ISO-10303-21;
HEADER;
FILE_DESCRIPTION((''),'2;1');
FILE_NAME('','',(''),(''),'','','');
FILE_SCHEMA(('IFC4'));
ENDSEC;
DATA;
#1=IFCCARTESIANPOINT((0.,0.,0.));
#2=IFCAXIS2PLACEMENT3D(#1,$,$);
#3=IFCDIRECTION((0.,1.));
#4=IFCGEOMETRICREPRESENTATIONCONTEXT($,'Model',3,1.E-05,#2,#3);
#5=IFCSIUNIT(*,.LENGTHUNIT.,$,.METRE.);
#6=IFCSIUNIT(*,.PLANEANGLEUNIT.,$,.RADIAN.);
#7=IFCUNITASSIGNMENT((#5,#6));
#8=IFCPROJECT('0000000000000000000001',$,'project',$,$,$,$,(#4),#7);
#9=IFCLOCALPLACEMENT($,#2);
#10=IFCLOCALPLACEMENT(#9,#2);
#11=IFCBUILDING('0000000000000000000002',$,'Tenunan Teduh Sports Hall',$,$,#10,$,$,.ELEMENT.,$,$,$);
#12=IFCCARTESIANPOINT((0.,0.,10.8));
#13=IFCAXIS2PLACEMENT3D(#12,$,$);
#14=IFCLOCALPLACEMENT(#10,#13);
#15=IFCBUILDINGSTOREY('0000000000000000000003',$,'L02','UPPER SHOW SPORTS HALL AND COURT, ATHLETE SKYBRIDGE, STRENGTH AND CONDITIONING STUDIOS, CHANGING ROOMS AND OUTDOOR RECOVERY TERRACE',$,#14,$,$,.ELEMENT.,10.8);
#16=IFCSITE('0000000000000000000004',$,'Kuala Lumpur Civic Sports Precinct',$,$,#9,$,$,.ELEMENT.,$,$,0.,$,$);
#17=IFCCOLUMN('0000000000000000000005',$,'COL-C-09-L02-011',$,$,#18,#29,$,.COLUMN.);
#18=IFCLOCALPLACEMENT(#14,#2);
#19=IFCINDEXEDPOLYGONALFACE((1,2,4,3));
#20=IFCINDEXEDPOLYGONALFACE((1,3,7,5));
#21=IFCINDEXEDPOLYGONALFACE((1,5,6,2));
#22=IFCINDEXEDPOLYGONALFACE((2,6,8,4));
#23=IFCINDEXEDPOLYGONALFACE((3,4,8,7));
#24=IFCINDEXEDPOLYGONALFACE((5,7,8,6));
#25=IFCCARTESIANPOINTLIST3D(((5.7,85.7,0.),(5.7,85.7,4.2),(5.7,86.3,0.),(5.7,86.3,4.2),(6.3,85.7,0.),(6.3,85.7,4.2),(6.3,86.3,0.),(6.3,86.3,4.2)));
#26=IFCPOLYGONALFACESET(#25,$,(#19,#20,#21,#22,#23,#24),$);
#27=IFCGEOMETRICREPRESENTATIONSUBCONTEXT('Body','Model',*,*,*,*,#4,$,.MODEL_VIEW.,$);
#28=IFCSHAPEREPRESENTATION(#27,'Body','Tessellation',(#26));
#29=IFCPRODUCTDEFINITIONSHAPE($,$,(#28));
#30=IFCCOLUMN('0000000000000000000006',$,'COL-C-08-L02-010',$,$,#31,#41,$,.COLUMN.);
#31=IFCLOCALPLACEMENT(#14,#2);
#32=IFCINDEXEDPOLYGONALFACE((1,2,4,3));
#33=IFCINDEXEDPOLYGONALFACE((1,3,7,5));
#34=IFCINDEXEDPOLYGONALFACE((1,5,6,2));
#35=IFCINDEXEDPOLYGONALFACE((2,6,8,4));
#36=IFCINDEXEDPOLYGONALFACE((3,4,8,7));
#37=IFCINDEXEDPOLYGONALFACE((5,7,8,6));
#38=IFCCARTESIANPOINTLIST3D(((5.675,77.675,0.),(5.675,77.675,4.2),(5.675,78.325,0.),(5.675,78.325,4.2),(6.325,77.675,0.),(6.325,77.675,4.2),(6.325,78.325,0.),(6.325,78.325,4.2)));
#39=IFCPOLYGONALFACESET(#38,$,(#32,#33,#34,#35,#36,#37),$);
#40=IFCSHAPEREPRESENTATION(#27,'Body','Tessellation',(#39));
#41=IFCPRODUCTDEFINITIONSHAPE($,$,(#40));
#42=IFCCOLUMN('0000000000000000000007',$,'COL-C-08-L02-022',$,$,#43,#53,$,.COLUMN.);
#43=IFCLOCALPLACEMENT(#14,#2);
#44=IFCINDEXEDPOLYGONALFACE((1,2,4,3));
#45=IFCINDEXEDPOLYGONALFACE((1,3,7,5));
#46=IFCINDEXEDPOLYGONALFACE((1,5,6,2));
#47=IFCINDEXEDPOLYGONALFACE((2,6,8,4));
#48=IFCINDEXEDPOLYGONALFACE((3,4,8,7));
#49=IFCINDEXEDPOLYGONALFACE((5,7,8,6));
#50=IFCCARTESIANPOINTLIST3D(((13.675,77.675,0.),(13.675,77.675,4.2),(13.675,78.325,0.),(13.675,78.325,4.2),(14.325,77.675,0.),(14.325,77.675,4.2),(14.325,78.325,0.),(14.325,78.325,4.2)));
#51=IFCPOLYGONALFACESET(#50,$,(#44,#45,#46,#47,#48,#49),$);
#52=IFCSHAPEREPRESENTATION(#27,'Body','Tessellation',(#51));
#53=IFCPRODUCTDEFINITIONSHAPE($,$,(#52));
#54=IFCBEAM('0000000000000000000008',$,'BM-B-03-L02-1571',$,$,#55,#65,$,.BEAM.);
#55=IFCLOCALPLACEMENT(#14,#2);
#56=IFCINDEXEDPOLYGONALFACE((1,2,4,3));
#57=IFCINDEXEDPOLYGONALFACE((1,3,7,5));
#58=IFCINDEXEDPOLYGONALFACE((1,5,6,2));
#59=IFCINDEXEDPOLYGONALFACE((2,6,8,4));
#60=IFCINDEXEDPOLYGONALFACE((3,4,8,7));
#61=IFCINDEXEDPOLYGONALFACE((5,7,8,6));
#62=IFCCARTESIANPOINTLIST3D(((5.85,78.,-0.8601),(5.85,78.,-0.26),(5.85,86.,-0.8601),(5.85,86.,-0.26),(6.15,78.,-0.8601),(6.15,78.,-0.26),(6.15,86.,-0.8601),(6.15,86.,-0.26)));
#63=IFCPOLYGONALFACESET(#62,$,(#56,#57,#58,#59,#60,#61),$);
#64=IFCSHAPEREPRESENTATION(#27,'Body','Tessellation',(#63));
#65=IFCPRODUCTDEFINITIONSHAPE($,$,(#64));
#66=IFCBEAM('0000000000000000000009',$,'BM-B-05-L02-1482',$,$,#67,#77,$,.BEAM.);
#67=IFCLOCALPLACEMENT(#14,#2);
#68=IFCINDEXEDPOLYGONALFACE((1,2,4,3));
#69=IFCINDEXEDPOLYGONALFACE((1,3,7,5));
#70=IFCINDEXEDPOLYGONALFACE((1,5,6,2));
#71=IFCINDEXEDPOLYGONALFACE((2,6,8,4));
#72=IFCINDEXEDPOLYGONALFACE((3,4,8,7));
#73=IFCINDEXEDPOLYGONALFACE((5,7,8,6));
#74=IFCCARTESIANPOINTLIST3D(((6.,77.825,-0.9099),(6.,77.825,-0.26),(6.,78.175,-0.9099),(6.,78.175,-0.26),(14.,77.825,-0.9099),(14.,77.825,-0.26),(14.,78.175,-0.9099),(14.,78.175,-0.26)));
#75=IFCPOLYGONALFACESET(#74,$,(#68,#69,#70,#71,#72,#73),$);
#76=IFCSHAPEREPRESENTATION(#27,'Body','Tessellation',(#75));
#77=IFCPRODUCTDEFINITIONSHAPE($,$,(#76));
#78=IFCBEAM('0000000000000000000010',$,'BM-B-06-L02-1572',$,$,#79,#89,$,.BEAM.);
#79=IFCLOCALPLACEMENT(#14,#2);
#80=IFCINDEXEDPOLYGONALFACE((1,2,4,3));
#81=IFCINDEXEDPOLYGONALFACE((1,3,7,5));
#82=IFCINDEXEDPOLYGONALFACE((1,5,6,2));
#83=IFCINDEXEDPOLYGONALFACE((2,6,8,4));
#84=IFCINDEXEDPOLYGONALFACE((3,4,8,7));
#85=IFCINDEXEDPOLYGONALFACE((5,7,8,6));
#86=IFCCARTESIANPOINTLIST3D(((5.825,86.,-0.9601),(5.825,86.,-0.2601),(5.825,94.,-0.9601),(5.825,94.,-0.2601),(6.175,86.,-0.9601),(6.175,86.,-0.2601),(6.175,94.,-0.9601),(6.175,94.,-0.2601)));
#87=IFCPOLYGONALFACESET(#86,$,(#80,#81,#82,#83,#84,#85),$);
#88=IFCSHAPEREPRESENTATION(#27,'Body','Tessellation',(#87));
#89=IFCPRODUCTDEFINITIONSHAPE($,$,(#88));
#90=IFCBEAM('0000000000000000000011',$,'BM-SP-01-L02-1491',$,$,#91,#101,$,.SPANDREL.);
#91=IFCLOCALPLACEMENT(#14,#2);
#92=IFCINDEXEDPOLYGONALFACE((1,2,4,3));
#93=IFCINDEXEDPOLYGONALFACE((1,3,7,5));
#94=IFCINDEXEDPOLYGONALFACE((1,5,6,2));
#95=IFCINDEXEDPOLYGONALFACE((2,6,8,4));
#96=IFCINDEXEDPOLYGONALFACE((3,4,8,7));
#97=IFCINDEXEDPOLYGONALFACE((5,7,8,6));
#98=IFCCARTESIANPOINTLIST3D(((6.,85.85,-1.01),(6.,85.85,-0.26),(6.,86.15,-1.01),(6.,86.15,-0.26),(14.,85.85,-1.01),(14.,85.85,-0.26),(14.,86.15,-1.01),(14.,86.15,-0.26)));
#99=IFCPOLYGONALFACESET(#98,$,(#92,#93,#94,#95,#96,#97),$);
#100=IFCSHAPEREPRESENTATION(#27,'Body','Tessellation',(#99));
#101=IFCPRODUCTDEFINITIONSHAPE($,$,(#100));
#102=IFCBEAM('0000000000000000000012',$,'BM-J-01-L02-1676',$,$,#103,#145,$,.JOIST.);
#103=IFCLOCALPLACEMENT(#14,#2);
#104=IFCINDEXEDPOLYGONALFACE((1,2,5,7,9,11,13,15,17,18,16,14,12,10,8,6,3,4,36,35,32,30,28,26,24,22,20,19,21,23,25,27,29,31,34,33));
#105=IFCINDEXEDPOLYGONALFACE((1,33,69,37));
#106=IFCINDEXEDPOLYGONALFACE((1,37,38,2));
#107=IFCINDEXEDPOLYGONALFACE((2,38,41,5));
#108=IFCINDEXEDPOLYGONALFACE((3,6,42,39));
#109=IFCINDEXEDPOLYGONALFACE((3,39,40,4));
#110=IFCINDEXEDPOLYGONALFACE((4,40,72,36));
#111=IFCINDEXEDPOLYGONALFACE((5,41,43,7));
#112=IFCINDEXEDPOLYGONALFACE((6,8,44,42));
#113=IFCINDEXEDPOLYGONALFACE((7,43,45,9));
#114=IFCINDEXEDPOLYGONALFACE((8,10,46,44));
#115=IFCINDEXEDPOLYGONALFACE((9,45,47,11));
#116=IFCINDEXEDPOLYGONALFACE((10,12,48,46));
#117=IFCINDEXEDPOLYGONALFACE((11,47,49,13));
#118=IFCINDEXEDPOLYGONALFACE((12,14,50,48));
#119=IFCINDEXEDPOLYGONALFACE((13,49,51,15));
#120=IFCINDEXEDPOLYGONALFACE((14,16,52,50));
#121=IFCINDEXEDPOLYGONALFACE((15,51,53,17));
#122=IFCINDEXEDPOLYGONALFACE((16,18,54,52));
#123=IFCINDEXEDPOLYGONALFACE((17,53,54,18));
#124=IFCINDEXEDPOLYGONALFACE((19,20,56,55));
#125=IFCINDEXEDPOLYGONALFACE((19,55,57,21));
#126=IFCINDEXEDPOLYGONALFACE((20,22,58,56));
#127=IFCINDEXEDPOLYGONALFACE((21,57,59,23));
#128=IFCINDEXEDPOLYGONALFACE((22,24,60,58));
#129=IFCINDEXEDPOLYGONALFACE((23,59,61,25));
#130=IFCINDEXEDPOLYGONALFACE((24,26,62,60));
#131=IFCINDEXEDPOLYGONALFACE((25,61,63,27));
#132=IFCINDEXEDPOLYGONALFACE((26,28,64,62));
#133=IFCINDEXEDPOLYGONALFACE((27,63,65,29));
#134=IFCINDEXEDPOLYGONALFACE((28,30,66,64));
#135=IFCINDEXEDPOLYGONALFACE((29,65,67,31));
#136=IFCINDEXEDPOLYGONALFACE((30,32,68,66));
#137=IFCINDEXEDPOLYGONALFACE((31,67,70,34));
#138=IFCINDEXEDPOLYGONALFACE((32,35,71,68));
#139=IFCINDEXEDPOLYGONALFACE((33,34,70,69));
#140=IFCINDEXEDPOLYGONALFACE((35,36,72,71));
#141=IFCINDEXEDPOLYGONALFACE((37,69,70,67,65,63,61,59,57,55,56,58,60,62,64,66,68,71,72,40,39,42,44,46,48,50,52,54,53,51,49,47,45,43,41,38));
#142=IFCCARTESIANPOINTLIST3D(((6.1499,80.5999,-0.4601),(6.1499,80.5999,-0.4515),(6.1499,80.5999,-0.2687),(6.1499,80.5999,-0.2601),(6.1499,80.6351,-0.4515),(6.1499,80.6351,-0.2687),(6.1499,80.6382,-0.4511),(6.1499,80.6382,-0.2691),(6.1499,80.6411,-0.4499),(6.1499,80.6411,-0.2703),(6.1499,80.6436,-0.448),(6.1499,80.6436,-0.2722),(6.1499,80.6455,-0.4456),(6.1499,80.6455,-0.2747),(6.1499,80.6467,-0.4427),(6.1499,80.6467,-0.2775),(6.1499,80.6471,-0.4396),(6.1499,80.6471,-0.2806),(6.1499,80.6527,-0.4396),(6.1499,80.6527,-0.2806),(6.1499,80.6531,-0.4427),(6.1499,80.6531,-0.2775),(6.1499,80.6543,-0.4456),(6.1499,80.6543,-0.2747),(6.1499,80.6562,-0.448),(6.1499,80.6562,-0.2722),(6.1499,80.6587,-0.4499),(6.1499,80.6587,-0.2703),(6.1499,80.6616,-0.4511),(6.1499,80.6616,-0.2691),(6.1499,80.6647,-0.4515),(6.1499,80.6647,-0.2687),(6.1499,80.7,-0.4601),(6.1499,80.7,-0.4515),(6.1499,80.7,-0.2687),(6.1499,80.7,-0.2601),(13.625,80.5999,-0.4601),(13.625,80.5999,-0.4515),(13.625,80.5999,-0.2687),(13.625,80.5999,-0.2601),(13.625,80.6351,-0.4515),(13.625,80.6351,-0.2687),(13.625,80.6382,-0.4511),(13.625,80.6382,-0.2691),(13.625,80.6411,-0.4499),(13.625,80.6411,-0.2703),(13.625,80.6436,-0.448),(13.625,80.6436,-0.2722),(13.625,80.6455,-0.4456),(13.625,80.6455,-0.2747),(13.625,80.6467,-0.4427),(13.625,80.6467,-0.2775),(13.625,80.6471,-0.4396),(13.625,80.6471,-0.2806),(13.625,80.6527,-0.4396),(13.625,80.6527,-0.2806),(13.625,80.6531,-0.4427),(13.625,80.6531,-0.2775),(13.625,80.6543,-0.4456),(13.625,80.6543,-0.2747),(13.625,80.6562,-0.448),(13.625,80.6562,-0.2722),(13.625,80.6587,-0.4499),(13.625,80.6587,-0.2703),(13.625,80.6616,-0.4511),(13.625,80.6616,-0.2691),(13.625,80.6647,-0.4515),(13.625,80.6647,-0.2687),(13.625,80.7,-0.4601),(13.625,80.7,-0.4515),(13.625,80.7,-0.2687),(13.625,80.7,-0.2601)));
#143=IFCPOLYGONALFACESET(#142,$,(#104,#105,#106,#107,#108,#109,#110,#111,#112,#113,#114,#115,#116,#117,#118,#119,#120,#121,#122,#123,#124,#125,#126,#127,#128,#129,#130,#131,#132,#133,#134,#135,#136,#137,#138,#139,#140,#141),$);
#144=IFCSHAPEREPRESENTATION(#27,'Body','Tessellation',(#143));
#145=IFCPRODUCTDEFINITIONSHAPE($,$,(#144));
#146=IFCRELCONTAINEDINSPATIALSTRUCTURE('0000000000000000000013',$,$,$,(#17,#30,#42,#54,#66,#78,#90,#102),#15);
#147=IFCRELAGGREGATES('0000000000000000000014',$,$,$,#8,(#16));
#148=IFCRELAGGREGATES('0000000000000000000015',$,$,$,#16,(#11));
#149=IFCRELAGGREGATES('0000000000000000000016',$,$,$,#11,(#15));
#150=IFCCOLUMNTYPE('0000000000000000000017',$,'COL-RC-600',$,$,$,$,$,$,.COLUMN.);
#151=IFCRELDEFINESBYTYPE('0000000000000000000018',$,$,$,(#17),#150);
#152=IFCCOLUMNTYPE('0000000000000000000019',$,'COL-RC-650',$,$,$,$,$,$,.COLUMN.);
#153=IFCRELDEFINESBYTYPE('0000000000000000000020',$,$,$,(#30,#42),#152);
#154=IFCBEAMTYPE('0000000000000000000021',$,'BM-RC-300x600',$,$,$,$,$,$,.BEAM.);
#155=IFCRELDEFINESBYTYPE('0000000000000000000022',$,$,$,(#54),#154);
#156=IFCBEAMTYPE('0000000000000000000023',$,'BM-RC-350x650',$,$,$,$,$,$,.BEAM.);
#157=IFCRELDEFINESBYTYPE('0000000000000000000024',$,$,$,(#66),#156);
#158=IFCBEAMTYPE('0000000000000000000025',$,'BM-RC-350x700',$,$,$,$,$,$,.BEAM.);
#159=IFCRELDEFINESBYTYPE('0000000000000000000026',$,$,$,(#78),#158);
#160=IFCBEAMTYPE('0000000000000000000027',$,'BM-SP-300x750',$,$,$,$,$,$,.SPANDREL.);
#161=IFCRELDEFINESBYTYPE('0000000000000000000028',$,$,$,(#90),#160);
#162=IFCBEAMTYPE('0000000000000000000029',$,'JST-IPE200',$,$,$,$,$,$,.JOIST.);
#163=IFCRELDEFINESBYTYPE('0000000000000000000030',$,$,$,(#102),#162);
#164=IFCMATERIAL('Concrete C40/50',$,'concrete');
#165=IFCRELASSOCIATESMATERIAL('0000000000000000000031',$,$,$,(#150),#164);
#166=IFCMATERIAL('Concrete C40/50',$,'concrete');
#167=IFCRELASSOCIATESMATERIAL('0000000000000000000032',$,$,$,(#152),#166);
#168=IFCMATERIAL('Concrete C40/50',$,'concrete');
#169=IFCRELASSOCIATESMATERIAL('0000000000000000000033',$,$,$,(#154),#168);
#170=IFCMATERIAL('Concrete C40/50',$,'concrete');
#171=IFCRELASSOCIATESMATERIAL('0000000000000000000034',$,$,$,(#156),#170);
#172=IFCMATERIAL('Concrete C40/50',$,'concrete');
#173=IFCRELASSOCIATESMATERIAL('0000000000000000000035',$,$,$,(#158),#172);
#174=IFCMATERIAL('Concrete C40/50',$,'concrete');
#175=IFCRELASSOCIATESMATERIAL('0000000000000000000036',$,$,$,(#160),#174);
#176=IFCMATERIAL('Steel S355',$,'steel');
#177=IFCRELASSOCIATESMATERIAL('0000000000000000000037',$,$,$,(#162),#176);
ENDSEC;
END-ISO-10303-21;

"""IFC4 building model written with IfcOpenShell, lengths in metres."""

from ifc_helpers import new_model, si_unit, direction, frame, origin, origin_2d, place, context, subcontext, project, spatial, rectangle, i_section, extrude, material, material_profile, profile_set, type_object, element, save


model = new_model("IFC4")

# Units and contexts
model_context = context("Model", 3, precision=1e-05, world=origin(), true_north=direction((0.0, 1.0)))
body_context = subcontext(model_context, "Body", "Model", "MODEL_VIEW")
ifc_project = project(units=[si_unit("LENGTHUNIT", "METRE"), si_unit("PLANEANGLEUNIT", "RADIAN")], contexts=[model_context])

# Site, building, storey
site_placement = place(None, origin())
site = spatial("IfcSite", under=ifc_project, at=site_placement, Name="Kuala Lumpur Civic Sports Precinct", CompositionType="ELEMENT", RefElevation=0.0)
building_placement = place(site_placement, origin())
building = spatial("IfcBuilding", under=site, at=building_placement, Name="Tenunan Teduh Sports Hall", CompositionType="ELEMENT")
storey_placement = place(building_placement, frame((0.0, 0.0, 10.8)))
storey = spatial("IfcBuildingStorey", under=building, at=storey_placement, Name="L02", Description="UPPER SHOW SPORTS HALL AND COURT, ATHLETE SKYBRIDGE, STRENGTH AND CONDITIONING STUDIOS, CHANGING ROOMS AND OUTDOOR RECOVERY TERRACE", CompositionType="ELEMENT", Elevation=10.8)

# Columns
ifc_material_1 = material(Name="Concrete C40/50", Category="concrete")
ifc_material_profile_1 = material_profile(ifc_material_1, rectangle(XDim=0.6001, YDim=0.6001, at=origin_2d()), Name="RC 600x600")
ifc_profile_set_1 = profile_set([ifc_material_profile_1], Name="Concrete C40/50")
column_type_1 = type_object("IfcColumnType", Name="COL-RC-600", PredefinedType="COLUMN", material=ifc_profile_set_1)
column_placement = place(storey_placement, frame((6.0, 86.0, 0.0), z_axis=(0.0, 0.0, 1.0), x_axis=(1.0, 0.0, 0.0)))
element("IfcColumn", 1, at=column_placement, inside=storey, type_object=column_type_1, Name="COL-C-09-L02-011", PredefinedType="COLUMN", context=body_context, shape_type="SweptSolid", body=[
    extrude(rectangle(XDim=0.6001, YDim=0.6001, at=origin_2d()), origin(), (0.0, 0.0, 1.0), 4.2),
])
ifc_material_2 = material(Name="Concrete C40/50", Category="concrete")
ifc_material_profile_2 = material_profile(ifc_material_2, rectangle(XDim=0.6499, YDim=0.6499, at=origin_2d()), Name="RC 650x650")
ifc_profile_set_2 = profile_set([ifc_material_profile_2], Name="Concrete C40/50")
column_type_2 = type_object("IfcColumnType", Name="COL-RC-650", PredefinedType="COLUMN", material=ifc_profile_set_2)
for number, where, z_axis, x_axis, name in (
    (2, (6.0, 78.0, 0.0), (0.0, 0.0, 1.0), (1.0, 0.0, 0.0), "COL-C-08-L02-010"),
    (3, (14.0, 78.0, 0.0), (0.0, 0.0, 1.0), (1.0, 0.0, 0.0), "COL-C-08-L02-022"),
):
    element("IfcColumn", number, at=place(storey_placement, frame(where, z_axis=z_axis, x_axis=x_axis)), inside=storey, type_object=column_type_2, Name=name, PredefinedType="COLUMN", context=body_context, shape_type="SweptSolid", body=[
        extrude(rectangle(XDim=0.6499, YDim=0.6499, at=origin_2d()), origin(), (0.0, 0.0, 1.0), 4.2),
    ])

# Beams
ifc_material_3 = material(Name="Concrete C40/50", Category="concrete")
ifc_material_profile_3 = material_profile(ifc_material_3, rectangle(XDim=0.3, YDim=0.6001, at=origin_2d()), Name="RCB 300x600")
ifc_profile_set_3 = profile_set([ifc_material_profile_3], Name="Concrete C40/50")
beam_type_1 = type_object("IfcBeamType", Name="BM-RC-300x600", PredefinedType="BEAM", material=ifc_profile_set_3)
beam_1_placement = place(storey_placement, frame((6.0, 78.0, -0.5601), z_axis=(0.0, 1.0, 0.0), x_axis=(-1.0, 0.0, 0.0)))
element("IfcBeam", 4, at=beam_1_placement, inside=storey, type_object=beam_type_1, Name="BM-B-03-L02-1571", PredefinedType="BEAM", context=body_context, shape_type="SweptSolid", body=[
    extrude(rectangle(XDim=0.3, YDim=0.6001, at=origin_2d()), origin(), (0.0, 0.0, 1.0), 8.0),
])
ifc_material_4 = material(Name="Concrete C40/50", Category="concrete")
ifc_material_profile_4 = material_profile(ifc_material_4, rectangle(XDim=0.3501, YDim=0.6499, at=origin_2d()), Name="RCB 350x650")
ifc_profile_set_4 = profile_set([ifc_material_profile_4], Name="Concrete C40/50")
beam_type_2 = type_object("IfcBeamType", Name="BM-RC-350x650", PredefinedType="BEAM", material=ifc_profile_set_4)
beam_2_placement = place(storey_placement, frame((6.0, 78.0, -0.585), z_axis=(1.0, 0.0, 0.0), x_axis=(0.0, 1.0, 0.0)))
element("IfcBeam", 5, at=beam_2_placement, inside=storey, type_object=beam_type_2, Name="BM-B-05-L02-1482", PredefinedType="BEAM", context=body_context, shape_type="SweptSolid", body=[
    extrude(rectangle(XDim=0.3501, YDim=0.6499, at=origin_2d()), origin(), (0.0, 0.0, 1.0), 8.0),
])
ifc_material_5 = material(Name="Concrete C40/50", Category="concrete")
ifc_material_profile_5 = material_profile(ifc_material_5, rectangle(XDim=0.3501, YDim=0.7, at=origin_2d()), Name="RCB 350x700")
ifc_profile_set_5 = profile_set([ifc_material_profile_5], Name="Concrete C40/50")
beam_type_3 = type_object("IfcBeamType", Name="BM-RC-350x700", PredefinedType="BEAM", material=ifc_profile_set_5)
beam_3_placement = place(storey_placement, frame((6.0, 86.0, -0.6101), z_axis=(0.0, 1.0, 0.0), x_axis=(-1.0, 0.0, 0.0)))
element("IfcBeam", 6, at=beam_3_placement, inside=storey, type_object=beam_type_3, Name="BM-B-06-L02-1572", PredefinedType="BEAM", context=body_context, shape_type="SweptSolid", body=[
    extrude(rectangle(XDim=0.3501, YDim=0.7, at=origin_2d()), origin(), (0.0, 0.0, 1.0), 8.0),
])
ifc_material_6 = material(Name="Concrete C40/50", Category="concrete")
ifc_material_profile_6 = material_profile(ifc_material_6, rectangle(XDim=0.3, YDim=0.75, at=origin_2d()), Name="SPB 300x750")
ifc_profile_set_6 = profile_set([ifc_material_profile_6], Name="Concrete C40/50")
beam_type_4 = type_object("IfcBeamType", Name="BM-SP-300x750", PredefinedType="SPANDREL", material=ifc_profile_set_6)
beam_4_placement = place(storey_placement, frame((6.0, 86.0, -0.635), z_axis=(1.0, 0.0, 0.0), x_axis=(0.0, 1.0, 0.0)))
element("IfcBeam", 7, at=beam_4_placement, inside=storey, type_object=beam_type_4, Name="BM-SP-01-L02-1491", PredefinedType="SPANDREL", context=body_context, shape_type="SweptSolid", body=[
    extrude(rectangle(XDim=0.3, YDim=0.75, at=origin_2d()), origin(), (0.0, 0.0, 1.0), 8.0),
])
ifc_material_7 = material(Name="Steel S355", Category="steel")
ifc_material_profile_7 = material_profile(ifc_material_7, i_section(OverallWidth=0.1001, OverallDepth=0.2, WebThickness=0.0056, FlangeThickness=0.0085, FilletRadius=0.012, at=origin_2d()), Name="IPE 200")
ifc_profile_set_7 = profile_set([ifc_material_profile_7], Name="Steel S355")
beam_type_5 = type_object("IfcBeamType", Name="JST-IPE200", PredefinedType="JOIST", material=ifc_profile_set_7)
beam_5_placement = place(storey_placement, frame((6.1499, 80.6499, -0.3601), z_axis=(1.0, 0.0, 0.0), x_axis=(0.0, 1.0, 0.0)))
element("IfcBeam", 8, at=beam_5_placement, inside=storey, type_object=beam_type_5, Name="BM-J-01-L02-1676", PredefinedType="JOIST", context=body_context, shape_type="SweptSolid", body=[
    extrude(i_section(OverallWidth=0.1001, OverallDepth=0.2, WebThickness=0.0056, FlangeThickness=0.0085, FilletRadius=0.012, at=origin_2d()), origin(), (0.0, 0.0, 1.0), 7.4751),
])

save(model, "model.ifc")
